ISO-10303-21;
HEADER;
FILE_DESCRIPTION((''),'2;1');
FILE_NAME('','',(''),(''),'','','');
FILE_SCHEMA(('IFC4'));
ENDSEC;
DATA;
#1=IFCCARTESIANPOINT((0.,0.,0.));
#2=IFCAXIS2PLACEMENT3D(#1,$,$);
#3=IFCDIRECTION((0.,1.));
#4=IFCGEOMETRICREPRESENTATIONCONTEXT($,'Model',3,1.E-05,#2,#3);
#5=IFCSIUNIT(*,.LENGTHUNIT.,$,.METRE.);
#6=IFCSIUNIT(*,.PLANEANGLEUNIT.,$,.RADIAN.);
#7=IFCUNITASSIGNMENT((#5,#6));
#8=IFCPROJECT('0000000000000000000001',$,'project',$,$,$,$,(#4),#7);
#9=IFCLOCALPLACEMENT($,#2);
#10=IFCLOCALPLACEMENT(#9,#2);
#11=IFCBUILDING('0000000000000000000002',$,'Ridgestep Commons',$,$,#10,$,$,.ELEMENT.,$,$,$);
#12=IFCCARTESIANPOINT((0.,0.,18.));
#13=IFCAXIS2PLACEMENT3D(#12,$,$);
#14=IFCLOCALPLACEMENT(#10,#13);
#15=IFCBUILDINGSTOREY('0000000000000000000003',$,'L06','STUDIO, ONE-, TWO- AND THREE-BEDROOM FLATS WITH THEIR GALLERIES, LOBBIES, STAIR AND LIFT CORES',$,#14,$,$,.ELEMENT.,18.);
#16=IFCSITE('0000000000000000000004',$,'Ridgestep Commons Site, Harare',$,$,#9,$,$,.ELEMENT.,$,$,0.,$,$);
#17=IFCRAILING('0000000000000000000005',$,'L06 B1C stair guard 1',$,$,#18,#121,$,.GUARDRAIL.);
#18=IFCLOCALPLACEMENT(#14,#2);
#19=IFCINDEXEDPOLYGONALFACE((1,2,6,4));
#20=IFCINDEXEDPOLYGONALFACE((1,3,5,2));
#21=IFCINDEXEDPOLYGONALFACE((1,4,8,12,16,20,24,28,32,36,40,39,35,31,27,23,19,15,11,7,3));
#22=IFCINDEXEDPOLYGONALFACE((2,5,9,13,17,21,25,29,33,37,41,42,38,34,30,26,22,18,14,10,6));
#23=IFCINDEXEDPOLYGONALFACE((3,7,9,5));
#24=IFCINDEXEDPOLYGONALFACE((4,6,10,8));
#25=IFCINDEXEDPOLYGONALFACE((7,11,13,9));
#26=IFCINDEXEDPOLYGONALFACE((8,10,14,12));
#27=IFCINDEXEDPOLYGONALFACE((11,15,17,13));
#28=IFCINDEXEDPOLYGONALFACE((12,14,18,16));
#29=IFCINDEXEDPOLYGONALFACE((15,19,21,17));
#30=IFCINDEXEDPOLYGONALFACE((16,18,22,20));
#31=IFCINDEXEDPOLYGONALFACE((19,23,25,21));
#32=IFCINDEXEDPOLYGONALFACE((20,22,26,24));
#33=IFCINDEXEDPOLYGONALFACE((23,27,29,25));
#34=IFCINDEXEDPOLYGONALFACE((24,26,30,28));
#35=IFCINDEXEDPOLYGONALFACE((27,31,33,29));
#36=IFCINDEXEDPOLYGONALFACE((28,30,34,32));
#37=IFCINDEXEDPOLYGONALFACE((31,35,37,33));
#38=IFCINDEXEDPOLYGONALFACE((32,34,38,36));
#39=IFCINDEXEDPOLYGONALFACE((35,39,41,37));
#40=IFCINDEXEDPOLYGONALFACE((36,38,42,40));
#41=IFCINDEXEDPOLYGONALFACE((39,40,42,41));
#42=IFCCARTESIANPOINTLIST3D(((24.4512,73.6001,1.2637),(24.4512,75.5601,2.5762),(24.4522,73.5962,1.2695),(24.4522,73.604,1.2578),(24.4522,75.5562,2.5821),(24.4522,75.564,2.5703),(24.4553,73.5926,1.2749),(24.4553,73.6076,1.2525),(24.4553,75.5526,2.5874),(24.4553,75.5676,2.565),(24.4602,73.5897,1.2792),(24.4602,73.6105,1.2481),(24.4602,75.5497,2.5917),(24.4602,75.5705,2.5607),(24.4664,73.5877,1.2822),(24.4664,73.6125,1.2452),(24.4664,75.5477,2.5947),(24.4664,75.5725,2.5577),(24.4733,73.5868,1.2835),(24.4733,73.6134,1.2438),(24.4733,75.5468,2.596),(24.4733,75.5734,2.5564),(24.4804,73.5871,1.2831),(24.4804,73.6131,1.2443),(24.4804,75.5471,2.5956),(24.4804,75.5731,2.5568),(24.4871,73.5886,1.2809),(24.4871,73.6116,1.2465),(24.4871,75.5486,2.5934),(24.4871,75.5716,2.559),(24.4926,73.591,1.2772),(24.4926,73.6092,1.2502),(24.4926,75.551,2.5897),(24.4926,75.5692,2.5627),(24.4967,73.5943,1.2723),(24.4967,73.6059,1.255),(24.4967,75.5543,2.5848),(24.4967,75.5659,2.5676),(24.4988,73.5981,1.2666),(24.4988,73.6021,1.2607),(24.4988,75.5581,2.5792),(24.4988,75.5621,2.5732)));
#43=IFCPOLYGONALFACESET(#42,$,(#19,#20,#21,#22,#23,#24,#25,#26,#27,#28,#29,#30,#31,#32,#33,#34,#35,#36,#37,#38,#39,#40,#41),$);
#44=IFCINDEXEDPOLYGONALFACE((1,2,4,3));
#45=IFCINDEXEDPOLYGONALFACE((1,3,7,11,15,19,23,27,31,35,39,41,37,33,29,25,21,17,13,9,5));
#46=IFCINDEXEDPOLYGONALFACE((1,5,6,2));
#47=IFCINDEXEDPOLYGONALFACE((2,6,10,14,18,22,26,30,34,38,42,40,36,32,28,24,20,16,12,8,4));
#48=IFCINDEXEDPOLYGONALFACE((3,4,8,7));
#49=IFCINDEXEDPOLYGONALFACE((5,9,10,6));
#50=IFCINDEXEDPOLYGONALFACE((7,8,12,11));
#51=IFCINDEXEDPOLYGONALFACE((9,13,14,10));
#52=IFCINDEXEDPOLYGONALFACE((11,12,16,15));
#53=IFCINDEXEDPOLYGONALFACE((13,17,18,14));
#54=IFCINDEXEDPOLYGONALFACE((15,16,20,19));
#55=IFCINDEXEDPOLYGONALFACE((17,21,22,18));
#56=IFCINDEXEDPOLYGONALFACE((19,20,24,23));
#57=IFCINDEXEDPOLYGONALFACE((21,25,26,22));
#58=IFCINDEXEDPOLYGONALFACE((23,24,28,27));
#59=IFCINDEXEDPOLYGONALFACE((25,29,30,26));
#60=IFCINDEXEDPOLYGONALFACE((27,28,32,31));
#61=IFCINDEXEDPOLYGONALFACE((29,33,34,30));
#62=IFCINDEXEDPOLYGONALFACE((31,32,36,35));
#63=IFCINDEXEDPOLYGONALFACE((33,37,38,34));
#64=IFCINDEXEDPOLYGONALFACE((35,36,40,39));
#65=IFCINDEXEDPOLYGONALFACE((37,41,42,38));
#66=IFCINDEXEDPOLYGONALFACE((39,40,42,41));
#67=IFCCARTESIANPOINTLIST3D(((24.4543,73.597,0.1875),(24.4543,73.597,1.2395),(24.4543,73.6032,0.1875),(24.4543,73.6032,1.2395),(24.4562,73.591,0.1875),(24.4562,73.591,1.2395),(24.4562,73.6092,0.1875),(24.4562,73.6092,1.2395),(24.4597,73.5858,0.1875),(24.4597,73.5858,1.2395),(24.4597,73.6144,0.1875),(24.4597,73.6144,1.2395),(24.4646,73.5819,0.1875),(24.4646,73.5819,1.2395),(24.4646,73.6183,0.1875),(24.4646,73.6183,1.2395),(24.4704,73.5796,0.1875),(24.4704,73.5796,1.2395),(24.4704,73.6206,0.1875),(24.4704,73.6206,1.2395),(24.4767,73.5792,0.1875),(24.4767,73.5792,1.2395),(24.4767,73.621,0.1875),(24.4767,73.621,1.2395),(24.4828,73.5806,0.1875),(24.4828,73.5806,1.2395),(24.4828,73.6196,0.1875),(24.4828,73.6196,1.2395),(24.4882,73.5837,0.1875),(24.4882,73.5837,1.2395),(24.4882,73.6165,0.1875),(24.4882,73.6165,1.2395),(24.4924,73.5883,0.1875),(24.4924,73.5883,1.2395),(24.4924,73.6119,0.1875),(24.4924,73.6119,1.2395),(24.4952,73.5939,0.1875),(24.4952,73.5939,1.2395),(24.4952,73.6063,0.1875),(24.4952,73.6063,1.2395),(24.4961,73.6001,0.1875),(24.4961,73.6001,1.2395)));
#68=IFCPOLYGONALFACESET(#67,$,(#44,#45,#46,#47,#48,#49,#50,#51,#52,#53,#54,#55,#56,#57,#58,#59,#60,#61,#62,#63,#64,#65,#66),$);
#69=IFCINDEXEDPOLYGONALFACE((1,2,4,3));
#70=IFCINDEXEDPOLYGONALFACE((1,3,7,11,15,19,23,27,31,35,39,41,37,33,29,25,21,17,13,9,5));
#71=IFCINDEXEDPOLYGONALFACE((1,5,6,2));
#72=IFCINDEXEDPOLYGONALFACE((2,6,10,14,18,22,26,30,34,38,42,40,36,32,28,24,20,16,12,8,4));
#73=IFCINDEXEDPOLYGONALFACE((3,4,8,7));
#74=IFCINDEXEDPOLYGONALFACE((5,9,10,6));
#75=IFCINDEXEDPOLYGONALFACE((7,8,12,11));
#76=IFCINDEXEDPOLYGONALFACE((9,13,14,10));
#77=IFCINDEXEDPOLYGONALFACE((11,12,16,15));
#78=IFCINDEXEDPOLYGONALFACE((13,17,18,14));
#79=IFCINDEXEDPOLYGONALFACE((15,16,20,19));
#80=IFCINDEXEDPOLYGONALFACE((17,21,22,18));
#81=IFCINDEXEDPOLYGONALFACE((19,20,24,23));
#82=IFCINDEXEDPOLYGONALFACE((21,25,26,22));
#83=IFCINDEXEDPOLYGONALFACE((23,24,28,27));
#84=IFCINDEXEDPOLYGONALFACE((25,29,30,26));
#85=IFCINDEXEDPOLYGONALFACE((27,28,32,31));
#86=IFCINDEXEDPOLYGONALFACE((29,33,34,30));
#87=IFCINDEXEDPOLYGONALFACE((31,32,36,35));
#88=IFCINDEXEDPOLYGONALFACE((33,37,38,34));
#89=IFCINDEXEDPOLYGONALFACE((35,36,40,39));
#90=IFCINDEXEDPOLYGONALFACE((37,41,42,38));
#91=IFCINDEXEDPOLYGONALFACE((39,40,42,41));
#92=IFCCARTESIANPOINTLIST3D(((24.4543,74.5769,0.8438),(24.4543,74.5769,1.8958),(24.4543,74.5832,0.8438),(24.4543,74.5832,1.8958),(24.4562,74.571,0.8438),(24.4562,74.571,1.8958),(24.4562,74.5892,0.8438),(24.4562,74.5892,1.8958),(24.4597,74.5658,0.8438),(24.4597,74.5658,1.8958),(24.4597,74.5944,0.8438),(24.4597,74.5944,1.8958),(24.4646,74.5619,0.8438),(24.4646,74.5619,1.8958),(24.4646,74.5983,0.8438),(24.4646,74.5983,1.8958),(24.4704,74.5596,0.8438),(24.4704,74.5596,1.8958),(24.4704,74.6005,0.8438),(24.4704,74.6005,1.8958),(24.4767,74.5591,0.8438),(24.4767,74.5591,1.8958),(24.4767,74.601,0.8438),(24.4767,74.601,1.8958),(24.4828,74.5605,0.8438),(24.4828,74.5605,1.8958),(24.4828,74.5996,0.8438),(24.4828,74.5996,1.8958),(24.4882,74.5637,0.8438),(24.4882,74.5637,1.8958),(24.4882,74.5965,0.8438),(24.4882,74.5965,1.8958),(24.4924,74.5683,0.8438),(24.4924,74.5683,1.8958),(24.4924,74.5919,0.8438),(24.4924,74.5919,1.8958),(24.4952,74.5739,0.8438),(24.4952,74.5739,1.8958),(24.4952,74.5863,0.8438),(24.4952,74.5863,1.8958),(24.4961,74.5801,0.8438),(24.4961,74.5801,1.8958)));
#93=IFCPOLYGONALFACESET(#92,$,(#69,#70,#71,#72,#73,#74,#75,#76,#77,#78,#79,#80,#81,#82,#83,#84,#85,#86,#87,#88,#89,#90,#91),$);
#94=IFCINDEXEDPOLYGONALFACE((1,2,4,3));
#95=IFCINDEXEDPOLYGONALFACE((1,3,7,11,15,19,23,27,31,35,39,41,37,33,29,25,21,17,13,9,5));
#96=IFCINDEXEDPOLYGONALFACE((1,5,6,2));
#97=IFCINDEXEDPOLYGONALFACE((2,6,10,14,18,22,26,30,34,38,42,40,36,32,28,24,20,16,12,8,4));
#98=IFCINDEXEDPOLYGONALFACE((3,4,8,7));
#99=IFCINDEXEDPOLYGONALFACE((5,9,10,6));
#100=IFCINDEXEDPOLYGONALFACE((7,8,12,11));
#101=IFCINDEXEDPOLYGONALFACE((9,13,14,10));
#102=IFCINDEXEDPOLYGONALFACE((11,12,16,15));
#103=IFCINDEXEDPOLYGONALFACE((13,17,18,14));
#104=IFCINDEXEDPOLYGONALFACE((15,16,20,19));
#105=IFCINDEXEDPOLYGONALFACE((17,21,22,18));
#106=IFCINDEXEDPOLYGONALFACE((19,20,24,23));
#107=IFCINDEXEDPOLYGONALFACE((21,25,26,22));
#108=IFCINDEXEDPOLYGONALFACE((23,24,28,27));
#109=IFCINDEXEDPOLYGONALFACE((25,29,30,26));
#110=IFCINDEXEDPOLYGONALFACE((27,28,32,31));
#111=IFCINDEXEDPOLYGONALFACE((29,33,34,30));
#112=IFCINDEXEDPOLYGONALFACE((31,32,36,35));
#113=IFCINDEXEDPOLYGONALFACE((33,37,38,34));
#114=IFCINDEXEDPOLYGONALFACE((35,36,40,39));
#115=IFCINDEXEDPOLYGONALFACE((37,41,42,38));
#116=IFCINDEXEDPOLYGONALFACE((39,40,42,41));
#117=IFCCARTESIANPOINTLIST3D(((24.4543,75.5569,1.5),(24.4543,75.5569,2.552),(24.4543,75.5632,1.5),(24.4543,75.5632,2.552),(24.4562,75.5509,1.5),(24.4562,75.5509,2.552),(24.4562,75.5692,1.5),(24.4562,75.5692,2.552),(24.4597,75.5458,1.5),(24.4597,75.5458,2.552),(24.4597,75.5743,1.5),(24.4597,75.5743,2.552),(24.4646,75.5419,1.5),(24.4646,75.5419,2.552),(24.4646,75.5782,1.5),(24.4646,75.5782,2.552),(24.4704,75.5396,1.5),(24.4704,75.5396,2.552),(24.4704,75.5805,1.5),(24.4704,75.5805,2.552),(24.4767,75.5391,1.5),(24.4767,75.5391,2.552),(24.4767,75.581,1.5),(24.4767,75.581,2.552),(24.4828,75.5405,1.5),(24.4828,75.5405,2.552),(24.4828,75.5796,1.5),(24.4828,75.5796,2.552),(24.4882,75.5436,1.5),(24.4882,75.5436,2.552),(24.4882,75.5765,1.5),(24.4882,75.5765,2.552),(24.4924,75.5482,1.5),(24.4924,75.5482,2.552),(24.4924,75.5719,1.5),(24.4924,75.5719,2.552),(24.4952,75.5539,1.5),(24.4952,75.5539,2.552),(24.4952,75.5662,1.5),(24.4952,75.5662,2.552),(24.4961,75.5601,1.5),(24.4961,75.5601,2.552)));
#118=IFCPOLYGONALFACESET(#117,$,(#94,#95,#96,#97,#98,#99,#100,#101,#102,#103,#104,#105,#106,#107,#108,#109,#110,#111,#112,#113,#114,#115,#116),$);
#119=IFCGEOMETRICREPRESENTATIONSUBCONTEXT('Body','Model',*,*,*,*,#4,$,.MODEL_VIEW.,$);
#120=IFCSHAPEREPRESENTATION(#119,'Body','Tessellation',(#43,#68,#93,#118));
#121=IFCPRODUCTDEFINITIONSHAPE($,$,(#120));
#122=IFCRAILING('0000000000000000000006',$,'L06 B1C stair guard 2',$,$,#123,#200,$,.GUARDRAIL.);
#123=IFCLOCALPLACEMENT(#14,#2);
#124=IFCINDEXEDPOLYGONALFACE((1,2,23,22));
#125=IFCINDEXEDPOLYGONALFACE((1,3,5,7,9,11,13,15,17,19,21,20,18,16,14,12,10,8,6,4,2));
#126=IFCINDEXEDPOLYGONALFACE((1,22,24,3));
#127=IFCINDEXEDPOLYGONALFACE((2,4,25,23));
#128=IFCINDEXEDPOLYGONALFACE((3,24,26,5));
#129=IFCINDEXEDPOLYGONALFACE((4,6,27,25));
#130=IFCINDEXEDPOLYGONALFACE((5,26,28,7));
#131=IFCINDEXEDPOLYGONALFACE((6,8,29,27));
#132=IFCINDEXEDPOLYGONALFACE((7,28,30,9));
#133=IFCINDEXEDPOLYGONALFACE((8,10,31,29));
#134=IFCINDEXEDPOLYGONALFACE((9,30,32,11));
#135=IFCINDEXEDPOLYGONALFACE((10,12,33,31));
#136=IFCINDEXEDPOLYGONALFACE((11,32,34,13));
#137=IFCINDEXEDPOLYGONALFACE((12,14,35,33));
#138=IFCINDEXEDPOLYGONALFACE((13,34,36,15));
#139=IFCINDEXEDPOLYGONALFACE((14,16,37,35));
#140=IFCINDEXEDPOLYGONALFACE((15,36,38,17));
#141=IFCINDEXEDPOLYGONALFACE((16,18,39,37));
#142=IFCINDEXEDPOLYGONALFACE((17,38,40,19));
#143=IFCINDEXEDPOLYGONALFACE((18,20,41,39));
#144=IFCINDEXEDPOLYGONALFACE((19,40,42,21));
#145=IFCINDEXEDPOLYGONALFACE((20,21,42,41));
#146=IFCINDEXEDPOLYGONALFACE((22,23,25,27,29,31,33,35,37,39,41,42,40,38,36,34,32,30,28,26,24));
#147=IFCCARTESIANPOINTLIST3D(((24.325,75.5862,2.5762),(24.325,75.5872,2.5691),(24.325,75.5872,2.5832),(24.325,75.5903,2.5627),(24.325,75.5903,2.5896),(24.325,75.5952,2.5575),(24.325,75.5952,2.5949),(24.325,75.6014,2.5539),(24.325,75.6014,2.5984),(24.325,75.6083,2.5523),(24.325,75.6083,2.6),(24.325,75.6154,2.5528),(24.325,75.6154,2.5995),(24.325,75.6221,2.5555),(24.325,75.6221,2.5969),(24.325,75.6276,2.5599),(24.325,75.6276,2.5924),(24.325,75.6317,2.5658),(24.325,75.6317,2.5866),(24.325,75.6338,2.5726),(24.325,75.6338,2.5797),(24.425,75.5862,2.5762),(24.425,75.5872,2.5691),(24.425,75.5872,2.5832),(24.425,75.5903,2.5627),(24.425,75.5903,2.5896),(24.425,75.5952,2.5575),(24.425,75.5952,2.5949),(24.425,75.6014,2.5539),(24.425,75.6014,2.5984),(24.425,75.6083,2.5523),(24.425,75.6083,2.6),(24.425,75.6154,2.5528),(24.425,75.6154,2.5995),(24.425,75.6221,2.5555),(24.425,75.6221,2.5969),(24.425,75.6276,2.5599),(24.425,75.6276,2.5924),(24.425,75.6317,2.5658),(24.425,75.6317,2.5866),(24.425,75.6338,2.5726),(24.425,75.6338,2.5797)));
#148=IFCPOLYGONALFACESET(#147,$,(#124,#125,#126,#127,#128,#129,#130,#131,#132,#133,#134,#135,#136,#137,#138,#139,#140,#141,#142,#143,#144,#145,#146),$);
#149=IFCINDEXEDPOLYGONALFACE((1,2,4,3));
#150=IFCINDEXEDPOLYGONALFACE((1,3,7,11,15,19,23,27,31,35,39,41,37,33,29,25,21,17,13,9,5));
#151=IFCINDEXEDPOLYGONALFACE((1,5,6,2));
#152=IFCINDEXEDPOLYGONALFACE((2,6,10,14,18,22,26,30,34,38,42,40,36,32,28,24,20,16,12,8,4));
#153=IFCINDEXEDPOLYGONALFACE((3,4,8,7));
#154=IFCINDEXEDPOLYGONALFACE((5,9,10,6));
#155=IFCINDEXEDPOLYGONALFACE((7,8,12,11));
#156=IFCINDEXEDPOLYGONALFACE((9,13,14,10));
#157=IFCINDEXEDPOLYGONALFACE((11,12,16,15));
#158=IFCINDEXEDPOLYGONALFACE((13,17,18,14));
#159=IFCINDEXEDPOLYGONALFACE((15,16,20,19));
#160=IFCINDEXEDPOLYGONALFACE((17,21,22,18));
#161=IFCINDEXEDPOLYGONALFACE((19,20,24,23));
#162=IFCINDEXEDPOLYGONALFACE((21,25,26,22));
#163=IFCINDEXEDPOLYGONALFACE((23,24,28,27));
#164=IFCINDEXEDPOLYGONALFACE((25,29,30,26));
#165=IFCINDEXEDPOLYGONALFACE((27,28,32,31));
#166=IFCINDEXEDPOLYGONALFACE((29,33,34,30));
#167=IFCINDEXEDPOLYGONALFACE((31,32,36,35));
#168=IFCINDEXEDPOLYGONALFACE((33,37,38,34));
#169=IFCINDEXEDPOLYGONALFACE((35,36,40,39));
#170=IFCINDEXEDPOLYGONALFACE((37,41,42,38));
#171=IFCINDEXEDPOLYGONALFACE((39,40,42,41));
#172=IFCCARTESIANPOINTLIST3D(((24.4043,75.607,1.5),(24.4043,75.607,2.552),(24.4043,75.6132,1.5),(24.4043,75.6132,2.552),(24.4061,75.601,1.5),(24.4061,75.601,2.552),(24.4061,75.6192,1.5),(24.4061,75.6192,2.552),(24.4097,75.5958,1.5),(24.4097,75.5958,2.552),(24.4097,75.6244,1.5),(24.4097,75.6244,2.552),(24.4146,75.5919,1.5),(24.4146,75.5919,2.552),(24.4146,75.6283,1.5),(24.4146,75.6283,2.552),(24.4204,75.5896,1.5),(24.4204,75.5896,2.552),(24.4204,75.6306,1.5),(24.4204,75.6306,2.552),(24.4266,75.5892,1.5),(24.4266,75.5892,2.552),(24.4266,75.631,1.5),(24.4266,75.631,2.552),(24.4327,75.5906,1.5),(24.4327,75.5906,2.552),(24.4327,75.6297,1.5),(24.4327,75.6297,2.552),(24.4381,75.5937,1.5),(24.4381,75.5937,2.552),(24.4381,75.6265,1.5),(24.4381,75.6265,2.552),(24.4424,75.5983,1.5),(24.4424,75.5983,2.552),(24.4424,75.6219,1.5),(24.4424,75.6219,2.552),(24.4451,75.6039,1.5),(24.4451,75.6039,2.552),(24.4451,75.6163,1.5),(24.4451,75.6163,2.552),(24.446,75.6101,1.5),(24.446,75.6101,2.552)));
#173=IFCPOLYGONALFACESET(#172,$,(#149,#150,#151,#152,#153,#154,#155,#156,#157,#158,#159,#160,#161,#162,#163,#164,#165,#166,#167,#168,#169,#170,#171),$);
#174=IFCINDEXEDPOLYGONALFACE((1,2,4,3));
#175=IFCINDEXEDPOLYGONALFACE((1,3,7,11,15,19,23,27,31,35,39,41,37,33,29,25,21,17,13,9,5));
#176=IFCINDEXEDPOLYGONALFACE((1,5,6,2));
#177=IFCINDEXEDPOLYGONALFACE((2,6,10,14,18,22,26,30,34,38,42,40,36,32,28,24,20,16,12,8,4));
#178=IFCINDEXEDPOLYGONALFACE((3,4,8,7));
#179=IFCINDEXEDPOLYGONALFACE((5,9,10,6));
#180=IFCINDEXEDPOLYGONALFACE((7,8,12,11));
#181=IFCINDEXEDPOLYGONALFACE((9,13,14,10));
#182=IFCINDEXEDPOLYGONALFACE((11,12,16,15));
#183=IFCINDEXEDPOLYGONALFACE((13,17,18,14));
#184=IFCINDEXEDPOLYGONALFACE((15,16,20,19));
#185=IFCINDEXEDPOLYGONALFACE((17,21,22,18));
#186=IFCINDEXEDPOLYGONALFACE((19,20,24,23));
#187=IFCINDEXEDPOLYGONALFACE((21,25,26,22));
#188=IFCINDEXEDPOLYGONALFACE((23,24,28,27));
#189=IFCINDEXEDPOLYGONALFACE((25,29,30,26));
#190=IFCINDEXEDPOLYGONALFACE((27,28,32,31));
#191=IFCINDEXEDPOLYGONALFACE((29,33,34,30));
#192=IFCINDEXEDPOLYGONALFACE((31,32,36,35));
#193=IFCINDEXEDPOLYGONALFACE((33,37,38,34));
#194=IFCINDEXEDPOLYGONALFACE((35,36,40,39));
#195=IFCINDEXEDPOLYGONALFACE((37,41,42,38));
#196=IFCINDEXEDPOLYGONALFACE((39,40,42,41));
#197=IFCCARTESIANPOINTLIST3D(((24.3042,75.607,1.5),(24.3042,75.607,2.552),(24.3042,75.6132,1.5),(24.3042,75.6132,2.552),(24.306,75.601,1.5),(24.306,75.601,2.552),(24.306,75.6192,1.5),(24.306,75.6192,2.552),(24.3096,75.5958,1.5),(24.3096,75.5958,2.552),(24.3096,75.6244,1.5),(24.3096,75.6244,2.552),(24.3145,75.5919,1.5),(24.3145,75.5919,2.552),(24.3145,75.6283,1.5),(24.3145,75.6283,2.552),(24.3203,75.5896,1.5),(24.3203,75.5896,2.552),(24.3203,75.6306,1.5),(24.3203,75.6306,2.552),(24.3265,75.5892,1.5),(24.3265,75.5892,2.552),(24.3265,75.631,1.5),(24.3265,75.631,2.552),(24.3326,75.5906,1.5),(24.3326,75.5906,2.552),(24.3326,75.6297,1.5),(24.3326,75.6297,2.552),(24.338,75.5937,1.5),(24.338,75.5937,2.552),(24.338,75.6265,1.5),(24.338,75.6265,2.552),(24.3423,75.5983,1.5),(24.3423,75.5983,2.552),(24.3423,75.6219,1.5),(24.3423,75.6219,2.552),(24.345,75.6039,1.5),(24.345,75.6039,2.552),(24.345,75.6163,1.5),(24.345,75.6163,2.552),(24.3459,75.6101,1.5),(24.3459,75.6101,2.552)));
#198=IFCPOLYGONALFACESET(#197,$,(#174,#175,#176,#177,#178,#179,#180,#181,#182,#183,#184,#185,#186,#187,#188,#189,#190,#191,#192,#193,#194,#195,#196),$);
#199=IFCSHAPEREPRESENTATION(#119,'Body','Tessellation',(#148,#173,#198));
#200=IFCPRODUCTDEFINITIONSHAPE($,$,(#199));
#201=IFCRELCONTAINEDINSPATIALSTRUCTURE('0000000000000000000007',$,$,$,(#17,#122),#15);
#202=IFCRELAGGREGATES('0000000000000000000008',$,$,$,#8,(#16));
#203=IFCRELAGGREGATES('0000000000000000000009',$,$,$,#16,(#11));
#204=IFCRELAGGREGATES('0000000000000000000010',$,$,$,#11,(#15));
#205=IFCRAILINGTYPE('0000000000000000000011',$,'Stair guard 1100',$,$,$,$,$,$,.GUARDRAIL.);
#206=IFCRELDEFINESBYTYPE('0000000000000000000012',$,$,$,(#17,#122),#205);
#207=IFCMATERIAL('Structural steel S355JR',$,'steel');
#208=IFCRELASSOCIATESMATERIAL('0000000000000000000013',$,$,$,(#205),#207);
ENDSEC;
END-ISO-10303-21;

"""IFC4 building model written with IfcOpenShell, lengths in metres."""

from ifc_helpers import new_model, si_unit, direction, frame, origin, origin_2d, place, context, subcontext, project, spatial, circle, extrude, material, type_object, element, save


model = new_model("IFC4")

# Units and contexts
model_context = context("Model", 3, precision=1e-05, world=origin(), true_north=direction((0.0, 1.0)))
body_context = subcontext(model_context, "Body", "Model", "MODEL_VIEW")
ifc_project = project(units=[si_unit("LENGTHUNIT", "METRE"), si_unit("PLANEANGLEUNIT", "RADIAN")], contexts=[model_context])

# Site, building, storey
site_placement = place(None, origin())
site = spatial("IfcSite", under=ifc_project, at=site_placement, Name="Ridgestep Commons Site, Harare", CompositionType="ELEMENT", RefElevation=0.0)
building_placement = place(site_placement, origin())
building = spatial("IfcBuilding", under=site, at=building_placement, Name="Ridgestep Commons", CompositionType="ELEMENT")
storey_placement = place(building_placement, frame((0.0, 0.0, 18.0)))
storey = spatial("IfcBuildingStorey", under=building, at=storey_placement, Name="L06", Description="STUDIO, ONE-, TWO- AND THREE-BEDROOM FLATS WITH THEIR GALLERIES, LOBBIES, STAIR AND LIFT CORES", CompositionType="ELEMENT", Elevation=18.0)

# Railings
ifc_material_1 = material(Name="Structural steel S355JR", Category="steel")
railing_type_1 = type_object("IfcRailingType", Name="Stair guard 1100", PredefinedType="GUARDRAIL", material=ifc_material_1)
railing_1_placement = place(storey_placement, frame((24.4751, 73.6001, 0.1875)))
element("IfcRailing", 1, at=railing_1_placement, inside=storey, type_object=railing_type_1, Name="L06 B1C stair guard 1", PredefinedType="GUARDRAIL", context=body_context, shape_type="SweptSolid", body=[
    extrude(circle(Radius=0.0239, at=origin_2d()), frame((0.0, 0.0, 1.0762), z_axis=(0.0, 0.830902, 0.556419), x_axis=(-1.0, 0.0, 0.0)), (0.0, 0.0, 1.0), 2.3589),
    extrude(circle(Radius=0.021, at=origin_2d()), origin(), (0.0, 0.0, 1.0), 1.052),
    extrude(circle(Radius=0.021, at=origin_2d()), frame((0.0, 0.98, 0.6562)), (0.0, 0.0, 1.0), 1.052),
    extrude(circle(Radius=0.021, at=origin_2d()), frame((0.0, 1.96, 1.3125)), (0.0, 0.0, 1.0), 1.052),
])
railing_2_placement = place(storey_placement, frame((24.425, 75.6101, 1.5)))
element("IfcRailing", 2, at=railing_2_placement, inside=storey, type_object=railing_type_1, Name="L06 B1C stair guard 2", PredefinedType="GUARDRAIL", context=body_context, shape_type="SweptSolid", body=[
    extrude(circle(Radius=0.0239, at=origin_2d()), frame((0.0, 0.0, 1.0762), z_axis=(-1.0, 0.0, 0.0), x_axis=(0.0, -1.0, 0.0)), (0.0, 0.0, 1.0), 0.1001),
    extrude(circle(Radius=0.021, at=origin_2d()), origin(), (0.0, 0.0, 1.0), 1.052),
    extrude(circle(Radius=0.021, at=origin_2d()), frame((-0.1001, 0.0, 0.0)), (0.0, 0.0, 1.0), 1.052),
])

save(model, "model.ifc")
